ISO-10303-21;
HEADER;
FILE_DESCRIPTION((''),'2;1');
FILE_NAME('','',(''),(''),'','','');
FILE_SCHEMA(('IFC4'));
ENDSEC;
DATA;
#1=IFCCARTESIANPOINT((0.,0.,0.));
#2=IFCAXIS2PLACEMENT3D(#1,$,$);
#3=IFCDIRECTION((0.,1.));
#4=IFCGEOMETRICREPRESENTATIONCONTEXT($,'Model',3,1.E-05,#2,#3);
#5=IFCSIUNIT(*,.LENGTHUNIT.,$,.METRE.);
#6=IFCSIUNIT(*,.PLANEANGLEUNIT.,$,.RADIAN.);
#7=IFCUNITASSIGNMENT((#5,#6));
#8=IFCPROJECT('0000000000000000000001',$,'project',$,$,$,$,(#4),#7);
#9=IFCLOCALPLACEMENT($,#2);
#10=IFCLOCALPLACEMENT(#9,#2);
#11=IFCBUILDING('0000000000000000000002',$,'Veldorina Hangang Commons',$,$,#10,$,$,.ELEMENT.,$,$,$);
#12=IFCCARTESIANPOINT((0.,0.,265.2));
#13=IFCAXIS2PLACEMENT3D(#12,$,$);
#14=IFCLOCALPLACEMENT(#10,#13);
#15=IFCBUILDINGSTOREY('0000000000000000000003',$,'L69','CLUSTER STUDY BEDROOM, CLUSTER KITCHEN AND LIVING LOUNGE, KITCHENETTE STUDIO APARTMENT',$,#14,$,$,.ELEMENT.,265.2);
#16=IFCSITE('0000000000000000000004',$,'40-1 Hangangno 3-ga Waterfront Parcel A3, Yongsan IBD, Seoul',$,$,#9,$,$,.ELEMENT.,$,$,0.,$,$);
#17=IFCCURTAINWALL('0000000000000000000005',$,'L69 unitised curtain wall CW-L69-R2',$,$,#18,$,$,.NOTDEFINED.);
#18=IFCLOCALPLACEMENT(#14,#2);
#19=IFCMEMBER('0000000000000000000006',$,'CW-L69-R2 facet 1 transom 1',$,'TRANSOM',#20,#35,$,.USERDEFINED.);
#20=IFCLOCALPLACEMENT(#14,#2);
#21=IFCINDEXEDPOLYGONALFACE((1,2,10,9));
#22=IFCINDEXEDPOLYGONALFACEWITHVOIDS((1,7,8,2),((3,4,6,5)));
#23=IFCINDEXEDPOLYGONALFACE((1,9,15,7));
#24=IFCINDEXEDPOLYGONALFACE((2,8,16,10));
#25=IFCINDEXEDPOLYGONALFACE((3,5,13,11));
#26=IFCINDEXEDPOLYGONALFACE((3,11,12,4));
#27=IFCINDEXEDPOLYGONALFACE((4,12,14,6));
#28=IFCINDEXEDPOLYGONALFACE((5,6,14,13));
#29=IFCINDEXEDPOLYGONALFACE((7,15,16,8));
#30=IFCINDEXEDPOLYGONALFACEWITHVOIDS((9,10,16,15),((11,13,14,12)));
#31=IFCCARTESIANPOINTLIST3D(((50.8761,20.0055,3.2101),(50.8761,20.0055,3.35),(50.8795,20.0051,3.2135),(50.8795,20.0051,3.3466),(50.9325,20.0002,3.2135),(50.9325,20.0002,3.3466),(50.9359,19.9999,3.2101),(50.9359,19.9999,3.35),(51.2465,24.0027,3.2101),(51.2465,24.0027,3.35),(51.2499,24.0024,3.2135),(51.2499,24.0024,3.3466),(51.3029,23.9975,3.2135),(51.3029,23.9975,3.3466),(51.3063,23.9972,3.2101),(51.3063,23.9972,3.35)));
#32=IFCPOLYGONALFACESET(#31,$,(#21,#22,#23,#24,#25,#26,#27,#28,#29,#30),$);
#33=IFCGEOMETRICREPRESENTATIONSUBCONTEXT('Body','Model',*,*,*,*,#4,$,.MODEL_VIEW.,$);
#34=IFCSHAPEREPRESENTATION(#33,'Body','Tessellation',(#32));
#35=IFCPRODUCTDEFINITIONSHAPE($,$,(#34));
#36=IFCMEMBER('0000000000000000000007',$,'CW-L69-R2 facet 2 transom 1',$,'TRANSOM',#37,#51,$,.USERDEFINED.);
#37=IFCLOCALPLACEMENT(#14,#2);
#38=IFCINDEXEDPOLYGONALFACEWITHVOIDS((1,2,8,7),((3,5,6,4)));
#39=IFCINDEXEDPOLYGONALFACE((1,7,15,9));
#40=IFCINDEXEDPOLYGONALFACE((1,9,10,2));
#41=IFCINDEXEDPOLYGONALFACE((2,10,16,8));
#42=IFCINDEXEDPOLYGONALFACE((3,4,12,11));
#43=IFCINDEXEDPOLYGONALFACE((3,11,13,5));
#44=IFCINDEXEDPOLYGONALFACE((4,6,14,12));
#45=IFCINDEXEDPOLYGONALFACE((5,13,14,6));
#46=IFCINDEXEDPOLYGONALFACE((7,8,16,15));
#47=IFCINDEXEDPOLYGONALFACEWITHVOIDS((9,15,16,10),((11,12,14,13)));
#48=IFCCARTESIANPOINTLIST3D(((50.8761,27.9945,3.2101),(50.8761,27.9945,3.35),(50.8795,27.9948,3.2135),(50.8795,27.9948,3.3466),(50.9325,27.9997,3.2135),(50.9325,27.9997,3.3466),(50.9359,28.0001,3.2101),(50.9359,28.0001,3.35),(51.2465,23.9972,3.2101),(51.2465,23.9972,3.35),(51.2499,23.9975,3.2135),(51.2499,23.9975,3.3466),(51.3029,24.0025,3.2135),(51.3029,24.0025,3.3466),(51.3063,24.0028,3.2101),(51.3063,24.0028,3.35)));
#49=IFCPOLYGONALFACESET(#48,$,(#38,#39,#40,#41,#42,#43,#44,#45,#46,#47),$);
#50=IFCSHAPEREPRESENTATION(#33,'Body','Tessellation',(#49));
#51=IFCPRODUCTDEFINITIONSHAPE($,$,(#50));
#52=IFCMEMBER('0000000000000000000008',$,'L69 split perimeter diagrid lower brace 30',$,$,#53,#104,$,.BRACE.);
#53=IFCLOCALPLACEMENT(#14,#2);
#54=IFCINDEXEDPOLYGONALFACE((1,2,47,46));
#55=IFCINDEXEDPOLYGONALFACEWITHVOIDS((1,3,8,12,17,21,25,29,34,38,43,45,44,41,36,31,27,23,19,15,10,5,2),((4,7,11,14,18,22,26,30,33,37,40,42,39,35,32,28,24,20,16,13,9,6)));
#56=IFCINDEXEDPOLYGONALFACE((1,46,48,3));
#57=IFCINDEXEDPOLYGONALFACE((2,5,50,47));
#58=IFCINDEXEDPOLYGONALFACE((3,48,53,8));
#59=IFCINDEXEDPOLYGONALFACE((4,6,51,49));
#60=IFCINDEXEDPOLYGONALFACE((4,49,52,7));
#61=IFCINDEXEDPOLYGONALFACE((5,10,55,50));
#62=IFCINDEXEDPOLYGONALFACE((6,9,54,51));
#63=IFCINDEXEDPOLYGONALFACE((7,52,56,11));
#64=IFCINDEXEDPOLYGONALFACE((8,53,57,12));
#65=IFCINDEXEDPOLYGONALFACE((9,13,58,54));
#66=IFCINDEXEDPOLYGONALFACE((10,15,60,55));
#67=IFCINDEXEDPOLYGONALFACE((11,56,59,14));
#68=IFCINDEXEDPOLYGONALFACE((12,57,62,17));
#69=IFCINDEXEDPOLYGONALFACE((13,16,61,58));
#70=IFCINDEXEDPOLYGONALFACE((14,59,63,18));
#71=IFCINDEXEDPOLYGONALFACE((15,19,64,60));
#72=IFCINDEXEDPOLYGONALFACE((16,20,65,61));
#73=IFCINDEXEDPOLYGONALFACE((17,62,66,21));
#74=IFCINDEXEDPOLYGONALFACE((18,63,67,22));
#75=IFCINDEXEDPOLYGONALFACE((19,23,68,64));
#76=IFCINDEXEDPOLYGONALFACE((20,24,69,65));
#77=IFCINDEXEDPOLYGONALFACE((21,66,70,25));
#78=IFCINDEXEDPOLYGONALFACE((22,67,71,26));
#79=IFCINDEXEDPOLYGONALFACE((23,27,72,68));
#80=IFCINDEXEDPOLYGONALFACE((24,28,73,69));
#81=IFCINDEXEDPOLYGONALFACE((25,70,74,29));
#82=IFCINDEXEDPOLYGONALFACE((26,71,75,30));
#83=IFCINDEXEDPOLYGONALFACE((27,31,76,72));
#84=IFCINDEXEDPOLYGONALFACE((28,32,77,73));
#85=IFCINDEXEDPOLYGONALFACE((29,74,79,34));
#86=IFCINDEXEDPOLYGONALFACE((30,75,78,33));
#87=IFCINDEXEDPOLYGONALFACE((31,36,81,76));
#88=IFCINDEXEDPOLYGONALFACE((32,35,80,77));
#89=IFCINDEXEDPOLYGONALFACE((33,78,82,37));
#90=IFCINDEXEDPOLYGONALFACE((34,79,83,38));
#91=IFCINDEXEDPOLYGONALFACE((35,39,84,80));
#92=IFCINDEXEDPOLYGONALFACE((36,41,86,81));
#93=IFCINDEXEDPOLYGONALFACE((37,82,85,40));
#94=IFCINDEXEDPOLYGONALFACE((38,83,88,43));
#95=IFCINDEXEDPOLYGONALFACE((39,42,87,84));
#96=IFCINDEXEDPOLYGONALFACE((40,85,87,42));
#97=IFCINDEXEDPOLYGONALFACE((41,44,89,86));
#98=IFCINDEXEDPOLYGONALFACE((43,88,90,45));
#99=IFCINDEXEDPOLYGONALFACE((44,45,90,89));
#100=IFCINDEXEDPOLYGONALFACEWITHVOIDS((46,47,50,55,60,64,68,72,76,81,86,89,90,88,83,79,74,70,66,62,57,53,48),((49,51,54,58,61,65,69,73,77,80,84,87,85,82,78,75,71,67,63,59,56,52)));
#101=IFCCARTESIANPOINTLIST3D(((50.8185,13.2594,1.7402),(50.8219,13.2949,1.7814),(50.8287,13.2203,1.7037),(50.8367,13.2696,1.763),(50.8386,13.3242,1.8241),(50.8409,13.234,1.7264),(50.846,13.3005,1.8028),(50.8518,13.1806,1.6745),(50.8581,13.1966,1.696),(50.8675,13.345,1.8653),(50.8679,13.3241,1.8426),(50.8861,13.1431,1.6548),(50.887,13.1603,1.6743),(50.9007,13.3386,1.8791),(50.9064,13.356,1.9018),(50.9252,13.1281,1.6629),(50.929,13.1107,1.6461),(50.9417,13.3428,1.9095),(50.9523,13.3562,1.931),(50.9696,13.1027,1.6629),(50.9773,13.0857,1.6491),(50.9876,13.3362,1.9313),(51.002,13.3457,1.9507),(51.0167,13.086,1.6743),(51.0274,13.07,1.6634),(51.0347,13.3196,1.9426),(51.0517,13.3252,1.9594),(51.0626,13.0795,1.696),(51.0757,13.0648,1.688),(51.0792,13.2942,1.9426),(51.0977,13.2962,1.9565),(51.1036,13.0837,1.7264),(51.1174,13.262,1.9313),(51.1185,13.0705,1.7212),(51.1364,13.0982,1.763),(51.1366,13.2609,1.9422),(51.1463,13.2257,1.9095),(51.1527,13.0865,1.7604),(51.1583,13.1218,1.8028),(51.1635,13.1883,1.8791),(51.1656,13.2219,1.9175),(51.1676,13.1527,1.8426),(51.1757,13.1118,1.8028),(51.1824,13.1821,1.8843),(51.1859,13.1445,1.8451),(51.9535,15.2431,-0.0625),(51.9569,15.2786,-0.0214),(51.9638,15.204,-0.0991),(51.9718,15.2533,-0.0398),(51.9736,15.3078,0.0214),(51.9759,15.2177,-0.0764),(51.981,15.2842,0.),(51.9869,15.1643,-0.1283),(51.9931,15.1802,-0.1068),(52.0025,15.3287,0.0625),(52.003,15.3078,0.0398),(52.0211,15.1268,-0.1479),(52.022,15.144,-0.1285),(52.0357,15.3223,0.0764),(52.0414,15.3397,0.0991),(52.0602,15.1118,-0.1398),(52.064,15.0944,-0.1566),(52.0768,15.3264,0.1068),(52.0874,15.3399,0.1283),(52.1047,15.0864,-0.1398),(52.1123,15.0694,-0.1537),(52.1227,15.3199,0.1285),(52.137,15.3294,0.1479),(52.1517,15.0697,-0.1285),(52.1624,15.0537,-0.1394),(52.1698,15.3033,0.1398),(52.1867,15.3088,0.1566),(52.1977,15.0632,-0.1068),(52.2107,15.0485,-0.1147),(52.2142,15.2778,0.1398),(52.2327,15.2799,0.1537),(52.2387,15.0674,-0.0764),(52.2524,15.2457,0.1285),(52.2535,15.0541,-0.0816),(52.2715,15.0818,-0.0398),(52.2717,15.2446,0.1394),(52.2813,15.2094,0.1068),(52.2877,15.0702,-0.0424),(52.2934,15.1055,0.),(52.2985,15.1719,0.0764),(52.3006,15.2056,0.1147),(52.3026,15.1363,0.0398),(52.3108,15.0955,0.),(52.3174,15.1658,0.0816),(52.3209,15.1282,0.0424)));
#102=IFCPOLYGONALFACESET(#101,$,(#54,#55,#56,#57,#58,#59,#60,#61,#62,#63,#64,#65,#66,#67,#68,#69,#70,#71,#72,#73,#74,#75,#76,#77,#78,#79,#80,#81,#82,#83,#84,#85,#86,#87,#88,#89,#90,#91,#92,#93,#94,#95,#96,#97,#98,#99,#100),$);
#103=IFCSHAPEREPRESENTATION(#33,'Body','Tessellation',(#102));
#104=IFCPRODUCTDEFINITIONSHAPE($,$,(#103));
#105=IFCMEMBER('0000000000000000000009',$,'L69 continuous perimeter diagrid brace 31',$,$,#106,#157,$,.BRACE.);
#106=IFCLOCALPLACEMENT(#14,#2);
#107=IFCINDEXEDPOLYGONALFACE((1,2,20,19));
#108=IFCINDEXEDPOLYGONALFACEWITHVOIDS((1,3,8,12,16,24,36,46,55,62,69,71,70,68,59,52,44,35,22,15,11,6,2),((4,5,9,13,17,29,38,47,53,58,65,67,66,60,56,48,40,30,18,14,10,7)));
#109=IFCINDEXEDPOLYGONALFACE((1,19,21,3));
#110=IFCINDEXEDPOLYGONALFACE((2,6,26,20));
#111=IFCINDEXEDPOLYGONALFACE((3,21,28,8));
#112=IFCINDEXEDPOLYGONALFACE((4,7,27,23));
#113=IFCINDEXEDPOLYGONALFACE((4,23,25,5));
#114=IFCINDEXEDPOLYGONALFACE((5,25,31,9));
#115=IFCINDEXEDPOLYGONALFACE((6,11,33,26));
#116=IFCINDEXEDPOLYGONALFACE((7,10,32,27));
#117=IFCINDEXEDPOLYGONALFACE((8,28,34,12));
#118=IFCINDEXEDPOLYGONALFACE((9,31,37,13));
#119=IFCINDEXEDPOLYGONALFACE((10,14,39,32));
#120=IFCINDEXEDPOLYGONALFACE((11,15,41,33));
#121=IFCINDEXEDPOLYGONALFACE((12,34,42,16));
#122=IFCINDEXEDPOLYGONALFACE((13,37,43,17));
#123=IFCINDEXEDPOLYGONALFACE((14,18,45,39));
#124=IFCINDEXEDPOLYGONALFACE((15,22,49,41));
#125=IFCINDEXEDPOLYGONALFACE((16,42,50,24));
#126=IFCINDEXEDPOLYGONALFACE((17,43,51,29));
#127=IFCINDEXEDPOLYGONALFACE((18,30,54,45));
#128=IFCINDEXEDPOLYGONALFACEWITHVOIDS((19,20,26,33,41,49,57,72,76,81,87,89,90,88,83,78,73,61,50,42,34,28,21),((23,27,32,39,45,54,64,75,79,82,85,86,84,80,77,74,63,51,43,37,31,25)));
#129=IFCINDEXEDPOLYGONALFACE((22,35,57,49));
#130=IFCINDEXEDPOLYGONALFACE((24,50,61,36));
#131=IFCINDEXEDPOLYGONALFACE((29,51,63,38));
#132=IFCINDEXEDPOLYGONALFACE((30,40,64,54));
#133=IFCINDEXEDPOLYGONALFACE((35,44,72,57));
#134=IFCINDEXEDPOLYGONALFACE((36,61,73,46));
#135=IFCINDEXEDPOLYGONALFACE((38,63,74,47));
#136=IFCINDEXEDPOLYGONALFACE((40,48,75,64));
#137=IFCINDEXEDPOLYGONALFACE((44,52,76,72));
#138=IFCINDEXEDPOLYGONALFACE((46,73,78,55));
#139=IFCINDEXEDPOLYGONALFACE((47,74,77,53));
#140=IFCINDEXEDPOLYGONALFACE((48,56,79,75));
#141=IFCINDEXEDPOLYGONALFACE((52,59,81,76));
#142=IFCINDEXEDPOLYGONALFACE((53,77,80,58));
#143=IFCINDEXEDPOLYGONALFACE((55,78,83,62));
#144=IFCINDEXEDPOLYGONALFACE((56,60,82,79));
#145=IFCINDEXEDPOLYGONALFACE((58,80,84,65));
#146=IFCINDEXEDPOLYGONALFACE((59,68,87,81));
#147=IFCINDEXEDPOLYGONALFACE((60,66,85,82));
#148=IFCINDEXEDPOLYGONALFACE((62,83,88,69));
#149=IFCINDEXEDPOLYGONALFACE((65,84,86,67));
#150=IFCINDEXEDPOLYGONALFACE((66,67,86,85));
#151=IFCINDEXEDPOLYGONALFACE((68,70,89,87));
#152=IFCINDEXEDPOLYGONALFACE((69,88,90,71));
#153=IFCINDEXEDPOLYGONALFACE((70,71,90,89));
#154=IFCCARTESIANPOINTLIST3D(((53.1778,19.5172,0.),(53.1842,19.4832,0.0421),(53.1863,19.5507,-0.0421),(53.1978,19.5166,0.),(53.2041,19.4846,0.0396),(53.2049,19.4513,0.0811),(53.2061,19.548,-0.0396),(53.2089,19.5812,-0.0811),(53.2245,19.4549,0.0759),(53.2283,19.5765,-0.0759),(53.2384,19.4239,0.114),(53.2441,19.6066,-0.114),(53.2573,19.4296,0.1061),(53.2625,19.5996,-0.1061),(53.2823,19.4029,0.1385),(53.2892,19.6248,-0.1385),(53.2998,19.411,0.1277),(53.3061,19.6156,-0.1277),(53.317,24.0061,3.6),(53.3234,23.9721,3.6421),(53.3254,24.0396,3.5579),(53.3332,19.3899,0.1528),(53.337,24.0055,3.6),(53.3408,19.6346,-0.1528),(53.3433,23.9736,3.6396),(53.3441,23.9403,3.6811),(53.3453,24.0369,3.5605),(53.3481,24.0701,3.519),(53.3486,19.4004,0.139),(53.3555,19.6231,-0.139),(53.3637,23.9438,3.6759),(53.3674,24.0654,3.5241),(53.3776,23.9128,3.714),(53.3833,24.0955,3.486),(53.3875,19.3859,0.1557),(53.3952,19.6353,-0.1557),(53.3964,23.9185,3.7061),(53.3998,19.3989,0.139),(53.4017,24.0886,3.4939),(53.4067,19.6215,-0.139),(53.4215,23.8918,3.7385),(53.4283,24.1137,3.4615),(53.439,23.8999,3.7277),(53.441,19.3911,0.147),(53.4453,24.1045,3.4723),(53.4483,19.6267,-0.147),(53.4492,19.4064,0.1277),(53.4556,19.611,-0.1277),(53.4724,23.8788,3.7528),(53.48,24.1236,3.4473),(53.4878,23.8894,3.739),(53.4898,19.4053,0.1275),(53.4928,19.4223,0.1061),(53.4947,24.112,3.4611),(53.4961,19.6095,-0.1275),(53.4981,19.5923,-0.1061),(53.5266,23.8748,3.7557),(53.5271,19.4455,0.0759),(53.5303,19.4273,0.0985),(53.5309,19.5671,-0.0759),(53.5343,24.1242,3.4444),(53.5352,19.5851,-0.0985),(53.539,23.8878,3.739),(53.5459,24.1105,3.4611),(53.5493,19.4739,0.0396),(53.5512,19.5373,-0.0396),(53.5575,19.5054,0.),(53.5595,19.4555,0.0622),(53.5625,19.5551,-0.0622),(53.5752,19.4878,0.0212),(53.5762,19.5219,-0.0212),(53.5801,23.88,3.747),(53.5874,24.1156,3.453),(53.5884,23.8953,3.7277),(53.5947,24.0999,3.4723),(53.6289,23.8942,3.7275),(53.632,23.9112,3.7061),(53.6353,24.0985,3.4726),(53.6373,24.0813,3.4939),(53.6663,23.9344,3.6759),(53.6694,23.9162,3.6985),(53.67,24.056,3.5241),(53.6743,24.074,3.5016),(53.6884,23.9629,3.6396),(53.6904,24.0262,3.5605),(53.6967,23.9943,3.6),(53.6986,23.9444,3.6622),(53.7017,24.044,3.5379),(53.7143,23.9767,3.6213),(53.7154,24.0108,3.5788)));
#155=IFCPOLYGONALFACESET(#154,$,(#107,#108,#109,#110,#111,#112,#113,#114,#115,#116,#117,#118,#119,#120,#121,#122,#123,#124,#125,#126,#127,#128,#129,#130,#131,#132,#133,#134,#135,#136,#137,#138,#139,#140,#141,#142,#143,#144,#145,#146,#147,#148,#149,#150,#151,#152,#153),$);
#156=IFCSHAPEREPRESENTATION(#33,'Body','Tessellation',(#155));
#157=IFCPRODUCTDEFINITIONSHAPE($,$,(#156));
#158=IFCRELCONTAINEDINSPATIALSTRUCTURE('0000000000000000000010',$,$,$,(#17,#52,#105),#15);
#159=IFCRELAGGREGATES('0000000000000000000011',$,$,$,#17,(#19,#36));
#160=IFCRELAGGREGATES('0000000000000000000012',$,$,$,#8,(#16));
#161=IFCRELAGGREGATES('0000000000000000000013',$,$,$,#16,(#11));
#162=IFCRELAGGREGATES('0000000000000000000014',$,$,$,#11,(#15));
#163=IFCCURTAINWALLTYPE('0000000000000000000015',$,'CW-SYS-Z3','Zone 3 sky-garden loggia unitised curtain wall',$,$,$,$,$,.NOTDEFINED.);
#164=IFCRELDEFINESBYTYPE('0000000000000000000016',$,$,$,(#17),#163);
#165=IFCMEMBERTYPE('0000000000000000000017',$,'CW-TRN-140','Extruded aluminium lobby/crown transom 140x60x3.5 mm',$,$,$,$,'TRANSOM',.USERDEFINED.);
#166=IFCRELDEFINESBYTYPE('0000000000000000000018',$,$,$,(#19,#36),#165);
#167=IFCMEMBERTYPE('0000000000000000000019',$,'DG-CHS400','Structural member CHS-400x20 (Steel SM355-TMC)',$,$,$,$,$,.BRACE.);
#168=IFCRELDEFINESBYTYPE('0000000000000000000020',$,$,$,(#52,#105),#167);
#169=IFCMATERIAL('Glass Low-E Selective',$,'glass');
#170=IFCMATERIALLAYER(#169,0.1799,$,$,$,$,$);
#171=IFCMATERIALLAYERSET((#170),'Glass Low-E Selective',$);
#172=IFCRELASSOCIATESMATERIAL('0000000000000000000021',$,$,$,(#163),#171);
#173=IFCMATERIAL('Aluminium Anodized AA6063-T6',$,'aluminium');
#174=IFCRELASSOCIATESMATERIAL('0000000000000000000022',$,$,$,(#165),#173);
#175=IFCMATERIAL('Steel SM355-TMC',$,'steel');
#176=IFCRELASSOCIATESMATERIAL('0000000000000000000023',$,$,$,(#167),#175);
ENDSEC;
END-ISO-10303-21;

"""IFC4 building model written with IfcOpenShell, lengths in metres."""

from ifc_helpers import new_model, si_unit, direction, frame, origin, origin_2d, place, context, subcontext, project, spatial, hollow_rectangle, hollow_circle, extrude, material, layer, layer_set, material_profile, profile_set, type_object, element, aggregate, save


model = new_model("IFC4")

# Units and contexts
model_context = context("Model", 3, precision=1e-05, world=origin(), true_north=direction((0.0, 1.0)))
body_context = subcontext(model_context, "Body", "Model", "MODEL_VIEW")
ifc_project = project(units=[si_unit("LENGTHUNIT", "METRE"), si_unit("PLANEANGLEUNIT", "RADIAN")], contexts=[model_context])

# Site, building, storey
site_placement = place(None, origin())
site = spatial("IfcSite", under=ifc_project, at=site_placement, Name="40-1 Hangangno 3-ga Waterfront Parcel A3, Yongsan IBD, Seoul", CompositionType="ELEMENT", RefElevation=0.0)
building_placement = place(site_placement, origin())
building = spatial("IfcBuilding", under=site, at=building_placement, Name="Veldorina Hangang Commons", CompositionType="ELEMENT")
storey_placement = place(building_placement, frame((0.0, 0.0, 265.2)))
storey = spatial("IfcBuildingStorey", under=building, at=storey_placement, Name="L69", Description="CLUSTER STUDY BEDROOM, CLUSTER KITCHEN AND LIVING LOUNGE, KITCHENETTE STUDIO APARTMENT", CompositionType="ELEMENT", Elevation=265.2)

# Shared definitions
ifc_material_1 = material(Name="Steel SM355-TMC", Category="steel")

# Shared definitions
ifc_material_2 = material(Name="Glass Low-E Selective", Category="glass")
ifc_layer_1 = layer(ifc_material_2, 0.1799)
ifc_layer_set_1 = layer_set([ifc_layer_1], Name="Glass Low-E Selective")
curtain_wall_type = type_object("IfcCurtainWallType", Name="CW-SYS-Z3", Description="Zone 3 sky-garden loggia unitised curtain wall", PredefinedType="NOTDEFINED", material=ifc_layer_set_1)
ifc_material_3 = material(Name="Aluminium Anodized AA6063-T6", Category="aluminium")

# Curtain wall, members
curtain_wall_1_placement = place(storey_placement, origin())
curtain_wall_1 = element("IfcCurtainWall", 1, at=curtain_wall_1_placement, inside=storey, type_object=curtain_wall_type, Name="L69 unitised curtain wall CW-L69-R2", PredefinedType="NOTDEFINED")
ifc_material_profile_1 = material_profile(ifc_material_3, hollow_rectangle(XDim=0.0601, YDim=0.1399, WallThickness=0.0034, at=origin_2d()), Name="ALU-RHS-140x60x3.5")
ifc_profile_set_1 = profile_set([ifc_material_profile_1], Name="Aluminium Anodized AA6063-T6")
member_type_1 = type_object("IfcMemberType", Name="CW-TRN-140", Description="Extruded aluminium lobby/crown transom 140x60x3.5 mm", ElementType="TRANSOM", PredefinedType="USERDEFINED", material=ifc_profile_set_1)
member_1_placement = place(storey_placement, frame((50.906, 20.0027, 3.28), z_axis=(0.092257, 0.995735, 0.0), x_axis=(-0.995735, 0.092257, 0.0)))
member_1 = element("IfcMember", 2, at=member_1_placement, type_object=member_type_1, Name="CW-L69-R2 facet 1 transom 1", ObjectType="TRANSOM", PredefinedType="USERDEFINED", context=body_context, shape_type="SweptSolid", body=[
    extrude(hollow_rectangle(XDim=0.0601, YDim=0.1399, WallThickness=0.0034, at=origin_2d()), origin(), (0.0, 0.0, 1.0), 4.0144),
])
member_2_placement = place(storey_placement, frame((51.2764, 24.0, 3.28), z_axis=(-0.092257, 0.995735, 0.0), x_axis=(-0.995735, -0.092257, 0.0)))
member_2 = element("IfcMember", 3, at=member_2_placement, type_object=member_type_1, Name="CW-L69-R2 facet 2 transom 1", ObjectType="TRANSOM", PredefinedType="USERDEFINED", context=body_context, shape_type="SweptSolid", body=[
    extrude(hollow_rectangle(XDim=0.0601, YDim=0.1399, WallThickness=0.0034, at=origin_2d()), origin(), (0.0, 0.0, 1.0), 4.0144),
])

# Members
ifc_material_profile_2 = material_profile(ifc_material_1, hollow_circle(Radius=0.2, WallThickness=0.02, at=origin_2d()), Name="CHS-400x20")
ifc_profile_set_2 = profile_set([ifc_material_profile_2], Name="Steel SM355-TMC")
member_type_2 = type_object("IfcMemberType", Name="DG-CHS400", Description="Structural member CHS-400x20 (Steel SM355-TMC)", PredefinedType="BRACE", material=ifc_profile_set_2)
member_3_placement = place(storey_placement, frame((52.1372, 15.1948, 0.0), z_axis=(-0.389926, -0.68147, 0.61932), x_axis=(0.86796, -0.496634, 0.0)))
element("IfcMember", 4, at=member_3_placement, inside=storey, type_object=member_type_2, Name="L69 split perimeter diagrid lower brace 30", PredefinedType="BRACE", context=body_context, shape_type="SweptSolid", body=[
    extrude(hollow_circle(Radius=0.2, WallThickness=0.02, at=origin_2d()), origin(), (0.0, 0.0, 1.0), 2.9109),
])
member_4_placement = place(storey_placement, frame((53.3777, 19.511, 0.0), z_axis=(0.024177, 0.779887, 0.625453), x_axis=(-0.99952, 0.030985, 0.0)))
element("IfcMember", 5, at=member_4_placement, inside=storey, type_object=member_type_2, Name="L69 continuous perimeter diagrid brace 31", PredefinedType="BRACE", context=body_context, shape_type="SweptSolid", body=[
    extrude(hollow_circle(Radius=0.2, WallThickness=0.02, at=origin_2d()), origin(), (0.0, 0.0, 1.0), 5.7559),
])

aggregate(curtain_wall_1, [member_1, member_2])

save(model, "model.ifc")
